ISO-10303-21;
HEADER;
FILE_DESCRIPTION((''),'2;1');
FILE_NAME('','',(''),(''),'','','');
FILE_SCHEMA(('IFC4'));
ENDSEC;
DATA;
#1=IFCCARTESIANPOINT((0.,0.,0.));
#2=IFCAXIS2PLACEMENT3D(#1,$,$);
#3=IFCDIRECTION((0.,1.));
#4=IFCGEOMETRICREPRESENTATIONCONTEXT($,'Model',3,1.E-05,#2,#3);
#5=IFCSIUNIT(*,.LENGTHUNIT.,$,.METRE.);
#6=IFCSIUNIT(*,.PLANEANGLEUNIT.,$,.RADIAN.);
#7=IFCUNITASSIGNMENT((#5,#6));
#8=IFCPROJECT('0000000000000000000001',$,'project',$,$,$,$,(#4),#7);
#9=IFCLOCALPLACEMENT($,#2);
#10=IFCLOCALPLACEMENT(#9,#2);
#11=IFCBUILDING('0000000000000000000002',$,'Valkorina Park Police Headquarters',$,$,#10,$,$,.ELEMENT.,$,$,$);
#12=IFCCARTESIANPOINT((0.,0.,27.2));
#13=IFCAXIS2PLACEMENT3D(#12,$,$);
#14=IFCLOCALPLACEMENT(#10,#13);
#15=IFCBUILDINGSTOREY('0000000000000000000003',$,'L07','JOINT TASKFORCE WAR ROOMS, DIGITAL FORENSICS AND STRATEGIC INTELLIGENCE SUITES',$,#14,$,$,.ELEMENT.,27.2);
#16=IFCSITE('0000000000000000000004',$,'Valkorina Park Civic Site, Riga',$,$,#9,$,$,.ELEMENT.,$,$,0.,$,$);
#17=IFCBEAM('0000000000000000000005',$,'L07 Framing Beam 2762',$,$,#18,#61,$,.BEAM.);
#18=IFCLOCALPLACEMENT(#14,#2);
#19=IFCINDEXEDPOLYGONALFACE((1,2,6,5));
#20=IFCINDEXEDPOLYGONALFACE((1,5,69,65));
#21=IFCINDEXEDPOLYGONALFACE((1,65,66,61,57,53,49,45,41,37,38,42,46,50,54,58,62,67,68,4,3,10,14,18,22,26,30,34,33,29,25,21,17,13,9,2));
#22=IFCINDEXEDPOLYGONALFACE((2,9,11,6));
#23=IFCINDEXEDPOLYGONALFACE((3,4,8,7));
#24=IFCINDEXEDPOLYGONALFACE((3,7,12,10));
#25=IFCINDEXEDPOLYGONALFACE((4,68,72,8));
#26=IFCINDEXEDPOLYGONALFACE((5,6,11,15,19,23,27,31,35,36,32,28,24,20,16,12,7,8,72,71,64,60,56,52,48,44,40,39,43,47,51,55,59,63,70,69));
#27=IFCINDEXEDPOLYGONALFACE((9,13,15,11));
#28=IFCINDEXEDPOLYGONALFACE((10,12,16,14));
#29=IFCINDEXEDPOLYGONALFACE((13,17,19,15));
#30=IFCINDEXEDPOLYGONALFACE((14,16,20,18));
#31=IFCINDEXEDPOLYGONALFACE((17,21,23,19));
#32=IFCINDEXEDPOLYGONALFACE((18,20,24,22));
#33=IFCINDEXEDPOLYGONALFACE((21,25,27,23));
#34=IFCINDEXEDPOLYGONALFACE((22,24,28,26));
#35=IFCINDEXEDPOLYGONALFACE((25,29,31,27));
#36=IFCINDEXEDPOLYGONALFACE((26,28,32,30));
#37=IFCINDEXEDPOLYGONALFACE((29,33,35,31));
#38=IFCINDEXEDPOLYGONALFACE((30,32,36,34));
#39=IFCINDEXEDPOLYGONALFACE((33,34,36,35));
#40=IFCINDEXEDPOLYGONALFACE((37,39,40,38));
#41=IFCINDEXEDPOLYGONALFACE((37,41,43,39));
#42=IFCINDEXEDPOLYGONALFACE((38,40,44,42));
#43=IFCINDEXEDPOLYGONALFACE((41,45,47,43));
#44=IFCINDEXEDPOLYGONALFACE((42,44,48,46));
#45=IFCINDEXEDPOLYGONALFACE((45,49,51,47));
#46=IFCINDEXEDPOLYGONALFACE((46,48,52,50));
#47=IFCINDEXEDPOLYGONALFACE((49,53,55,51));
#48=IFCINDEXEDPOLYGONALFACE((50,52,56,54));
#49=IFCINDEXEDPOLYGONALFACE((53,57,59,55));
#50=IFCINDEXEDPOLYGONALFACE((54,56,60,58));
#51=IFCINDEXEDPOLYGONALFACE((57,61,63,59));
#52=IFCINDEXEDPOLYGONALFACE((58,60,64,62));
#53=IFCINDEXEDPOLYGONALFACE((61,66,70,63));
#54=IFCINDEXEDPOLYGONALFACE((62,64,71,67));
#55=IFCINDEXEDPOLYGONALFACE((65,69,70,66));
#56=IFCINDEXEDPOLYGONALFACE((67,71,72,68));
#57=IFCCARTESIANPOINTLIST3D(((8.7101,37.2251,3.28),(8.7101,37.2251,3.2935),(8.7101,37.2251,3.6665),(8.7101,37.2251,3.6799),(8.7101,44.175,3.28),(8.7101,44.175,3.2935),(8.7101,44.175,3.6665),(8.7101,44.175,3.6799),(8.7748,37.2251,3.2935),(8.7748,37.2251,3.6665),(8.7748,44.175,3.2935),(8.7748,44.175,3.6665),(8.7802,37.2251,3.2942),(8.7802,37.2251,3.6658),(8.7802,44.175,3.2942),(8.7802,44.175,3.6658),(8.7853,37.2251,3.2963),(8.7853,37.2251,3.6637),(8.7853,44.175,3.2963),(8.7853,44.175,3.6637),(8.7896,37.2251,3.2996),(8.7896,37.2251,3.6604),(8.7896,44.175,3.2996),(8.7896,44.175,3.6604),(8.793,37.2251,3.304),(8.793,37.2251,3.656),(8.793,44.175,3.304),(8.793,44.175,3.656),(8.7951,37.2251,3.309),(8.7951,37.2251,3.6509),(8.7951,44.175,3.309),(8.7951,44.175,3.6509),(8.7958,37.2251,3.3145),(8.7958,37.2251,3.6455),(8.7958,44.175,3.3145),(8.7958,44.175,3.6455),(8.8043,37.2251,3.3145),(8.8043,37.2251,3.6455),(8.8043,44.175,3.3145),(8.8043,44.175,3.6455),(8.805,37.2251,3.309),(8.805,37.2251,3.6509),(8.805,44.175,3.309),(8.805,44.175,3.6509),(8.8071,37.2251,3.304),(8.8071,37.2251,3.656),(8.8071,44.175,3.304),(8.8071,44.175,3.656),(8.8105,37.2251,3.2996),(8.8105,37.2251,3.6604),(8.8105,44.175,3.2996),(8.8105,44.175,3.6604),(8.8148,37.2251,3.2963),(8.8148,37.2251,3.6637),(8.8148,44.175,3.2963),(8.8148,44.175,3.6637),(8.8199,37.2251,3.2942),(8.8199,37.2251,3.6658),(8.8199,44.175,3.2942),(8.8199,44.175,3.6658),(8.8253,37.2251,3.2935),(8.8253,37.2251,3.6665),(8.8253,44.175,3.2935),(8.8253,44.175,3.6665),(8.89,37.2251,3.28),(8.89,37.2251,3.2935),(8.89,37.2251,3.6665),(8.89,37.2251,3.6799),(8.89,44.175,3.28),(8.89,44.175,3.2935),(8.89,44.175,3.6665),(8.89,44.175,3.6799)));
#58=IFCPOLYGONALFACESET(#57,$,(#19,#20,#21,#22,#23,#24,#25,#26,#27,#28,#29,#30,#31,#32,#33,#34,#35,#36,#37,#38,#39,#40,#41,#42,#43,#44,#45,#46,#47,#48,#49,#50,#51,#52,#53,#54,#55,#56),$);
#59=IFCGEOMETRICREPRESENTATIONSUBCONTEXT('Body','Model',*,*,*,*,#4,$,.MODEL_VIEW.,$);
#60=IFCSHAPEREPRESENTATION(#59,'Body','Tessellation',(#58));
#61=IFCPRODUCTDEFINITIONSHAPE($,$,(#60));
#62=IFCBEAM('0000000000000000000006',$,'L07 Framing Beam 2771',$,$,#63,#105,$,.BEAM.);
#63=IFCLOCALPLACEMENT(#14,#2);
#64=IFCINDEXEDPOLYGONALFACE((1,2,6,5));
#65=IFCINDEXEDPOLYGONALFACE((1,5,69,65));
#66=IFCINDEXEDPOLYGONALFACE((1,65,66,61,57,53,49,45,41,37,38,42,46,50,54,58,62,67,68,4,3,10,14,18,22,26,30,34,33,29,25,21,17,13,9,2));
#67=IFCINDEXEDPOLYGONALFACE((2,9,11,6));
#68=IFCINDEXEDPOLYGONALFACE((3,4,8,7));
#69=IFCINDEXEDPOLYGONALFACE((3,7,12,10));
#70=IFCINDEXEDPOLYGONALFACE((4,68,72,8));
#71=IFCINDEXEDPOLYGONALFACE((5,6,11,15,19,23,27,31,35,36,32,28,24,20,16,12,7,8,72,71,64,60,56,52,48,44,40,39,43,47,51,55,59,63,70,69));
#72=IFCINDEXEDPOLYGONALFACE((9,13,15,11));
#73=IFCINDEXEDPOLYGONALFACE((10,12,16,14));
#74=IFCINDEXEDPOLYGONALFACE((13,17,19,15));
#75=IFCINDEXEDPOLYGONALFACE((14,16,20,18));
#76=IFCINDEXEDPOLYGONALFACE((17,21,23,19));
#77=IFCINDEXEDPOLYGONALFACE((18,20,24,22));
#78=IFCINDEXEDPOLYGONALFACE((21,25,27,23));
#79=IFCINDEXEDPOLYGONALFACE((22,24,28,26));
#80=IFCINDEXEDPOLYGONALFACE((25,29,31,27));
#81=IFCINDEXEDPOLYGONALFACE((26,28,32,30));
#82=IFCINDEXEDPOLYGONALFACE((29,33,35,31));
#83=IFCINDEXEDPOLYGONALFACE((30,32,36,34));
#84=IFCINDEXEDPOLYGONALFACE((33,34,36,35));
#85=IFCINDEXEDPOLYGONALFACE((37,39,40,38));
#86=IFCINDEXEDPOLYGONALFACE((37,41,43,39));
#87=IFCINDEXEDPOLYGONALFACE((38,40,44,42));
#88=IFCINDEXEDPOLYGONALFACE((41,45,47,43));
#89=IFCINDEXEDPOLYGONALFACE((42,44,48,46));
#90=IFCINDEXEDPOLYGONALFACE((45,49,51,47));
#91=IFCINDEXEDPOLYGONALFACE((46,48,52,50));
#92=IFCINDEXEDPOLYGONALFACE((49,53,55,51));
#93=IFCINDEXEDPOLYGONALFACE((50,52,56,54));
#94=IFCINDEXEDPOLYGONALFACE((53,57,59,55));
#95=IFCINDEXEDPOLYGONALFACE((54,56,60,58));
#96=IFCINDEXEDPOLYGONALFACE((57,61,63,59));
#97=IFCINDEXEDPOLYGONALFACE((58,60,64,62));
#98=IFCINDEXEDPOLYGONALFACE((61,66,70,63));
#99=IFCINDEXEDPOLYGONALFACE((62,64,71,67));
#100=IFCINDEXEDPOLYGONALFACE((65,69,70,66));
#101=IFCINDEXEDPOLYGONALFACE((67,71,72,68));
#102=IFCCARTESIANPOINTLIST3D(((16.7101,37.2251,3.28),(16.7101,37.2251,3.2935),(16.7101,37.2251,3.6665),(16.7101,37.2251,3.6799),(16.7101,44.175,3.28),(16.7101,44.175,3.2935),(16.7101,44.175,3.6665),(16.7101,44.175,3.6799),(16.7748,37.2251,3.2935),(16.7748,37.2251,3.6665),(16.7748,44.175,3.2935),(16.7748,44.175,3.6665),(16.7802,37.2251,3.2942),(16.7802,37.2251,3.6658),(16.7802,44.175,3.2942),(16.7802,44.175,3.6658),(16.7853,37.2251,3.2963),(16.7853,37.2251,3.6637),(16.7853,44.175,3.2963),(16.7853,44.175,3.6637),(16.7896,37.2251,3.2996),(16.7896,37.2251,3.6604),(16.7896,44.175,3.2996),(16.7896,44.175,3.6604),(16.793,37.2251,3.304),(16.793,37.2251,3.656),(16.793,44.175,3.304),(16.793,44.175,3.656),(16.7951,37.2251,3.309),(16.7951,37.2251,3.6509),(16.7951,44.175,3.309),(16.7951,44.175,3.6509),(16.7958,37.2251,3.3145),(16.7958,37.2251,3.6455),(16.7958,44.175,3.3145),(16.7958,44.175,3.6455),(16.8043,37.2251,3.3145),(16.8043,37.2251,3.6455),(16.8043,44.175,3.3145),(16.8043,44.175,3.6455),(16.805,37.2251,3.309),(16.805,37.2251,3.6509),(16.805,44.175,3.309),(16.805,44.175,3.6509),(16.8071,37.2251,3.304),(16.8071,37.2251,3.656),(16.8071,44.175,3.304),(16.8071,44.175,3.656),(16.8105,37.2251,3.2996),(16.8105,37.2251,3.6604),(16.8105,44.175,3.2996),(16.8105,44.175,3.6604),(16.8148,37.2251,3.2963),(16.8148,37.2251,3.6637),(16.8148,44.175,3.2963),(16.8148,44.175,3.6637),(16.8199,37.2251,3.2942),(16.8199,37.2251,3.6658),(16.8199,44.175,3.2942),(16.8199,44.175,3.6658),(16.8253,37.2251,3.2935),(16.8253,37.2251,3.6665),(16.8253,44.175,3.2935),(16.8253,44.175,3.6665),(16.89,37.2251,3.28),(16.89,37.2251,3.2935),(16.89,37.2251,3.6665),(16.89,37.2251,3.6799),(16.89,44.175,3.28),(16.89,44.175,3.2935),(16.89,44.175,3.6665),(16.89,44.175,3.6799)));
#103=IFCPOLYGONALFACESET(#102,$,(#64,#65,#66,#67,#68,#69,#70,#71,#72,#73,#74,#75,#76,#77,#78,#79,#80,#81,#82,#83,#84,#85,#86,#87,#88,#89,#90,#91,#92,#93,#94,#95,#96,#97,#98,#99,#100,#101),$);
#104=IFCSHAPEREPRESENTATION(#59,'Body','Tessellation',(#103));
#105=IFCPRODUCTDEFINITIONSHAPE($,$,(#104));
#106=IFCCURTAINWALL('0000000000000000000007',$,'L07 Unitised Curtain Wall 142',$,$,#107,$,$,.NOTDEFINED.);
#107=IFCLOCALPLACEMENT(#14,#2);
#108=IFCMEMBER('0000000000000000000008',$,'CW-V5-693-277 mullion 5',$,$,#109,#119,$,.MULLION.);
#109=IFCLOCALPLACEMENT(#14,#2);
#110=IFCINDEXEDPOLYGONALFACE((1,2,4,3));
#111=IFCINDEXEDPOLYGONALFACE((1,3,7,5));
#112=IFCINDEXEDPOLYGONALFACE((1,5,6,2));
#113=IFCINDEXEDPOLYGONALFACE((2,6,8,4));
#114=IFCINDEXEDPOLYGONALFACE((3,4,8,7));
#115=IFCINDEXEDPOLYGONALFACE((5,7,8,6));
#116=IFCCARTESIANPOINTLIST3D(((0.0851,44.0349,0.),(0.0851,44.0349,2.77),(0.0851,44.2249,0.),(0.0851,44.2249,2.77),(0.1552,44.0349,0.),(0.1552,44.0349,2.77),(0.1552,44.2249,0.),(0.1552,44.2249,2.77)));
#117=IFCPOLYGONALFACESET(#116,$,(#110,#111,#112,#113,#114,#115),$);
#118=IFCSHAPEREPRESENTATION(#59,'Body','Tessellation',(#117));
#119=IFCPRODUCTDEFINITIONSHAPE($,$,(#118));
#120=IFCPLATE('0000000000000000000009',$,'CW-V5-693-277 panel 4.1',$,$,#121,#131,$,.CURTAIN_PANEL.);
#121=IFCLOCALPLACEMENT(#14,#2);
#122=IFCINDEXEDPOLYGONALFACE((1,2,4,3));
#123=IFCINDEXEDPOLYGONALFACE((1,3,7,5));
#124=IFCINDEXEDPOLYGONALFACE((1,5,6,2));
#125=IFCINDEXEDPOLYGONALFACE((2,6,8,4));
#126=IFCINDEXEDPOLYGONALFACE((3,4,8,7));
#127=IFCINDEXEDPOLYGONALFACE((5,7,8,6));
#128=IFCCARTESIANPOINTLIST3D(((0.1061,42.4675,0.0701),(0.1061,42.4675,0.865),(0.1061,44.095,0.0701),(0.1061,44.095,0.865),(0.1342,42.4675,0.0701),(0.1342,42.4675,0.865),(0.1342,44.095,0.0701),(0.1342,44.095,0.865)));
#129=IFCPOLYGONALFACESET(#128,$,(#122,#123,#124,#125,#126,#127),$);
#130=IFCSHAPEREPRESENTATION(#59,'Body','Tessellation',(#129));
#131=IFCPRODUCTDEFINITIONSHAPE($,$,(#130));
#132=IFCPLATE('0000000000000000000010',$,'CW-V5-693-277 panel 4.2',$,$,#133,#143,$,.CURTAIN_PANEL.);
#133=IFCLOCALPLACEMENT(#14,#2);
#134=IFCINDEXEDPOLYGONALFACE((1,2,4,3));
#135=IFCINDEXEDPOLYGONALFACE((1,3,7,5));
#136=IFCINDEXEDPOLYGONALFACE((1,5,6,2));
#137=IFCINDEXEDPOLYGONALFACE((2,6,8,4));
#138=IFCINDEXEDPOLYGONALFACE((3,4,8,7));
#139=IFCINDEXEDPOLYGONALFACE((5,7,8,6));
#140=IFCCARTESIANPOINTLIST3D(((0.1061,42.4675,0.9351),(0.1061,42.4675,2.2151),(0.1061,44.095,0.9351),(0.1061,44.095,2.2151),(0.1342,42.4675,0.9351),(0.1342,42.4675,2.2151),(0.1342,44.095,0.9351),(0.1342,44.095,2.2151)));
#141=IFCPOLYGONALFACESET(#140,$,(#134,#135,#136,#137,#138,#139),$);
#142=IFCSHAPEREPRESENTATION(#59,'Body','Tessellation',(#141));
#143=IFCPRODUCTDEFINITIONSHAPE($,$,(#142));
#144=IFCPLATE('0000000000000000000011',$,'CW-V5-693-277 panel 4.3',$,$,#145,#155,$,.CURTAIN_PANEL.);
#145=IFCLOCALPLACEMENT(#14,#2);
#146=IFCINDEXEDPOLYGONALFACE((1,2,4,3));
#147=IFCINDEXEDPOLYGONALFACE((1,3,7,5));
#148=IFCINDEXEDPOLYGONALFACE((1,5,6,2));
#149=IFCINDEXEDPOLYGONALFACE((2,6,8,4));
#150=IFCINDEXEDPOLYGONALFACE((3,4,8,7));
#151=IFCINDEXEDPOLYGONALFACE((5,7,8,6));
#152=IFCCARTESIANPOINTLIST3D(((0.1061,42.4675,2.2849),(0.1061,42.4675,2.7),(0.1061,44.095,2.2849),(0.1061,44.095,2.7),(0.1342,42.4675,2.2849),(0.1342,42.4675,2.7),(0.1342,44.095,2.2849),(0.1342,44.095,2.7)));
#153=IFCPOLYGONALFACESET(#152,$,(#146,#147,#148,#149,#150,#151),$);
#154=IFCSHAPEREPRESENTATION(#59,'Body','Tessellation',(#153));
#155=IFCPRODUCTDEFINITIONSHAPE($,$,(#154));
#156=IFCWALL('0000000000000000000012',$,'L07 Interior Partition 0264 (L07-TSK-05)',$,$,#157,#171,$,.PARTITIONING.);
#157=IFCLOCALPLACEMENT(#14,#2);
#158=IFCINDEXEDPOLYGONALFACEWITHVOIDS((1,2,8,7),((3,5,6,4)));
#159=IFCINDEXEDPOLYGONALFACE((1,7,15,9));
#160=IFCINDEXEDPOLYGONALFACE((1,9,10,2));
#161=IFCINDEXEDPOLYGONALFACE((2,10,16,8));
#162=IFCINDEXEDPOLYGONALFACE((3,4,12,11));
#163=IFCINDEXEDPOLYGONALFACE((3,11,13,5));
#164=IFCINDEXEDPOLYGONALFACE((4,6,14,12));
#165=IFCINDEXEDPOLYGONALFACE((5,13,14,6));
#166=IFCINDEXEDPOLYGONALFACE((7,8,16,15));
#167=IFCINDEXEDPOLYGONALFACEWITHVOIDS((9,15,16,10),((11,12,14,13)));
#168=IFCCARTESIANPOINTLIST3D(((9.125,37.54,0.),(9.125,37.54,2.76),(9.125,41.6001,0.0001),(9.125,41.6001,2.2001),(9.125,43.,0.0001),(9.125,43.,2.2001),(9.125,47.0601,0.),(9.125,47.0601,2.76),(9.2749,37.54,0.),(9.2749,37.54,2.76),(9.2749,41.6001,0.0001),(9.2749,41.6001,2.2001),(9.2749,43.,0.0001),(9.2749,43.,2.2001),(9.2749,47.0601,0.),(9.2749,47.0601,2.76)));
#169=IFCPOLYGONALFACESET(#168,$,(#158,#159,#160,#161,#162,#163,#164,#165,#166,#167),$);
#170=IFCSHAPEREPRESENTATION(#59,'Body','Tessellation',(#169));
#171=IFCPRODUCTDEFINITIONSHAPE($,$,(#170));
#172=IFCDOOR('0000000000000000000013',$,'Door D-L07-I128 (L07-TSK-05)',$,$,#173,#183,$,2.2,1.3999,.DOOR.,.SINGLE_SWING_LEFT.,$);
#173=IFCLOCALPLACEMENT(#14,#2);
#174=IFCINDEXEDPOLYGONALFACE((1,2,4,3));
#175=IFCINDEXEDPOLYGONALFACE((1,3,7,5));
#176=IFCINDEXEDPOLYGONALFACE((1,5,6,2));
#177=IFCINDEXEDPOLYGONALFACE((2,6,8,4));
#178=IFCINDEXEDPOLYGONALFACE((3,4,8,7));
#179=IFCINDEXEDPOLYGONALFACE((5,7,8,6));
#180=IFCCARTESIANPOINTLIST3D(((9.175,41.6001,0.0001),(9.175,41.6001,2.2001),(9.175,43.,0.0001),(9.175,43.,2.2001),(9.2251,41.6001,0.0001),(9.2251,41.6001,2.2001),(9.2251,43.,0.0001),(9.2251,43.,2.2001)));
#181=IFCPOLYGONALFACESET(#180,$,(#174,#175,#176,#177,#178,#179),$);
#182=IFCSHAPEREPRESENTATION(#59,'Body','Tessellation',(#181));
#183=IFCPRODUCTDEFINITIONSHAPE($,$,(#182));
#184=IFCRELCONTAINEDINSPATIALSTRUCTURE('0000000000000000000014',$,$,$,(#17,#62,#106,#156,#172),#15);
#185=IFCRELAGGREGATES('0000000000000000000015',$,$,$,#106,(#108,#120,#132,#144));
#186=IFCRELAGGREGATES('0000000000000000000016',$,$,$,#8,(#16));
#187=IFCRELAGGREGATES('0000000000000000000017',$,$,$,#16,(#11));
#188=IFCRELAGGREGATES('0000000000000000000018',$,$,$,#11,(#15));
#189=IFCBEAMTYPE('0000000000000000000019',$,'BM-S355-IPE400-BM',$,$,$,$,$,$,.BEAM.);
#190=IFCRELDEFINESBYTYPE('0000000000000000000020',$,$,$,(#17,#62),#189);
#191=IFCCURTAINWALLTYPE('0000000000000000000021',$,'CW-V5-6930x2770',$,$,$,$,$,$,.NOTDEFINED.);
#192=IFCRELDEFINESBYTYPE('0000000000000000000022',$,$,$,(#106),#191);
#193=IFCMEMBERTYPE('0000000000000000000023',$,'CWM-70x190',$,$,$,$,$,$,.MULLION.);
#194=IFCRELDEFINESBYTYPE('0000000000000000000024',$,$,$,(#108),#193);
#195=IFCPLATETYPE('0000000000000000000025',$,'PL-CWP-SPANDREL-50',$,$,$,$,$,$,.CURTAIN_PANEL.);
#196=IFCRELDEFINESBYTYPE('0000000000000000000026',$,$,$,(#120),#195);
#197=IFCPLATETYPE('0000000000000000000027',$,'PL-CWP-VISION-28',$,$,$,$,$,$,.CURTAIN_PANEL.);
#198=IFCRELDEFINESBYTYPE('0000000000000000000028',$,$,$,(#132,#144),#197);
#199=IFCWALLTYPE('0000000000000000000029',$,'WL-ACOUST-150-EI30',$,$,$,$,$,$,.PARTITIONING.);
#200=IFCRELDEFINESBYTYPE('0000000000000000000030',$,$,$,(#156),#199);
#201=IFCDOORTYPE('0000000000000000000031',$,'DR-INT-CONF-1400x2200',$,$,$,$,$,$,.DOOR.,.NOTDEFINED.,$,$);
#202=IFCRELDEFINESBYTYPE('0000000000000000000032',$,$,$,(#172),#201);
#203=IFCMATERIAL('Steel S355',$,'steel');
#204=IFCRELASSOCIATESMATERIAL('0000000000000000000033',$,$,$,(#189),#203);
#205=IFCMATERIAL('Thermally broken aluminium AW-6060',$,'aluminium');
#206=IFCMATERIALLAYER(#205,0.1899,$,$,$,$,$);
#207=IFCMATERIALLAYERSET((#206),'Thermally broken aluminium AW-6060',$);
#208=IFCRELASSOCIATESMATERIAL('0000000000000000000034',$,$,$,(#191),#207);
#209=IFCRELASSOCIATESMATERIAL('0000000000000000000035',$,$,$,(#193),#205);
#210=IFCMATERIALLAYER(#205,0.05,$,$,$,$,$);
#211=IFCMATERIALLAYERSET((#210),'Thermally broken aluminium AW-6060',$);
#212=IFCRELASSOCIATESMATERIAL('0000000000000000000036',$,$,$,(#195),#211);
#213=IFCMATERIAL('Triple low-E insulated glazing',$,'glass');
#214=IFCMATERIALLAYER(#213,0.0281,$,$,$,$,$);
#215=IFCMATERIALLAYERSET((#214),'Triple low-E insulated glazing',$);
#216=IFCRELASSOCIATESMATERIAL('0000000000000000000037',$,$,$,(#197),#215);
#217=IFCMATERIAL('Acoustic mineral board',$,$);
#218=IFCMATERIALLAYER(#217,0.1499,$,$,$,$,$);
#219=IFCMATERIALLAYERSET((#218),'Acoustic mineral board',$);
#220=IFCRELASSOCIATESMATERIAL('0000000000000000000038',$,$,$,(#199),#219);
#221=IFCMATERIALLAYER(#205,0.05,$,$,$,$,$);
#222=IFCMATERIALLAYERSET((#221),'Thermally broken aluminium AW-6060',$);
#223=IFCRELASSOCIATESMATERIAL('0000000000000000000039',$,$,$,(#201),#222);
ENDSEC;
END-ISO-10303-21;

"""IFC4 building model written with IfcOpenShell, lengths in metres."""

from ifc_helpers import new_model, si_unit, direction, frame, frame_2d, origin, origin_2d, place, context, subcontext, project, spatial, rectangle, i_section, extrude, material, layer, layer_set, material_profile, profile_set, type_object, element, fill, aggregate, save


model = new_model("IFC4")

# Units and contexts
model_context = context("Model", 3, precision=1e-05, world=origin(), true_north=direction((0.0, 1.0)))
body_context = subcontext(model_context, "Body", "Model", "MODEL_VIEW")
ifc_project = project(units=[si_unit("LENGTHUNIT", "METRE"), si_unit("PLANEANGLEUNIT", "RADIAN")], contexts=[model_context])

# Site, building, storey
site_placement = place(None, origin())
site = spatial("IfcSite", under=ifc_project, at=site_placement, Name="Valkorina Park Civic Site, Riga", CompositionType="ELEMENT", RefElevation=0.0)
building_placement = place(site_placement, origin())
building = spatial("IfcBuilding", under=site, at=building_placement, Name="Valkorina Park Police Headquarters", CompositionType="ELEMENT")
storey_placement = place(building_placement, frame((0.0, 0.0, 27.2)))
storey = spatial("IfcBuildingStorey", under=building, at=storey_placement, Name="L07", Description="JOINT TASKFORCE WAR ROOMS, DIGITAL FORENSICS AND STRATEGIC INTELLIGENCE SUITES", CompositionType="ELEMENT", Elevation=27.2)

# Shared definitions
ifc_material_1 = material(Name="Steel S355", Category="steel")

# Beams
ifc_material_profile_1 = material_profile(ifc_material_1, i_section(OverallWidth=0.1799, OverallDepth=0.3999, WebThickness=0.0085, FlangeThickness=0.0134, FilletRadius=0.021, at=origin_2d()), Name="IPE 400")
ifc_profile_set_1 = profile_set([ifc_material_profile_1], Name="Steel S355")
beam_type_1 = type_object("IfcBeamType", Name="BM-S355-IPE400-BM", PredefinedType="BEAM", material=ifc_profile_set_1)
for number, where, z_axis, x_axis, name in (
    (1, (8.8, 37.2251, 3.48), (0.0, 1.0, 0.0), (-1.0, 0.0, 0.0), "L07 Framing Beam 2762"),
    (2, (16.8, 37.2251, 3.48), (0.0, 1.0, 0.0), (-1.0, 0.0, 0.0), "L07 Framing Beam 2771"),
):
    element("IfcBeam", number, at=place(storey_placement, frame(where, z_axis=z_axis, x_axis=x_axis)), inside=storey, type_object=beam_type_1, Name=name, PredefinedType="BEAM", context=body_context, shape_type="SweptSolid", body=[
        extrude(i_section(OverallWidth=0.1799, OverallDepth=0.3999, WebThickness=0.0085, FlangeThickness=0.0134, FilletRadius=0.021, at=origin_2d()), origin(), (0.0, 0.0, 1.0), 6.95),
    ])

# Curtain wall, member, plates
ifc_material_2 = material(Name="Thermally broken aluminium AW-6060", Category="aluminium")
ifc_layer_1 = layer(ifc_material_2, 0.1899)
ifc_layer_set_1 = layer_set([ifc_layer_1], Name="Thermally broken aluminium AW-6060")
curtain_wall_type = type_object("IfcCurtainWallType", Name="CW-V5-6930x2770", PredefinedType="NOTDEFINED", material=ifc_layer_set_1)
curtain_wall_placement = place(storey_placement, origin())
curtain_wall = element("IfcCurtainWall", 3, at=curtain_wall_placement, inside=storey, type_object=curtain_wall_type, Name="L07 Unitised Curtain Wall 142", PredefinedType="NOTDEFINED")
ifc_material_profile_2 = material_profile(ifc_material_2, rectangle(XDim=0.0701, YDim=0.1899, at=origin_2d()), Name="CWM-02 70x190")
ifc_profile_set_2 = profile_set([ifc_material_profile_2], Name="Thermally broken aluminium AW-6060")
member_type = type_object("IfcMemberType", Name="CWM-70x190", PredefinedType="MULLION", material=ifc_profile_set_2)
member_placement = place(storey_placement, frame((0.1201, 44.1299, 0.0), z_axis=(0.0, 0.0, 1.0), x_axis=(-1.0, 0.0, 0.0)))
member = element("IfcMember", 4, at=member_placement, type_object=member_type, Name="CW-V5-693-277 mullion 5", PredefinedType="MULLION", context=body_context, shape_type="SweptSolid", body=[
    extrude(rectangle(XDim=0.0701, YDim=0.1899, at=origin_2d()), origin(), (0.0, 0.0, 1.0), 2.77),
])
ifc_layer_2 = layer(ifc_material_2, 0.05)
ifc_layer_set_2 = layer_set([ifc_layer_2], Name="Thermally broken aluminium AW-6060")
plate_type_1 = type_object("IfcPlateType", Name="PL-CWP-SPANDREL-50", PredefinedType="CURTAIN_PANEL", material=ifc_layer_set_2)
plate_1_placement = place(storey_placement, frame((0.1201, 43.2812, 0.0701), z_axis=(0.0, 0.0, 1.0), x_axis=(0.0, 1.0, 0.0)))
plate_1 = element("IfcPlate", 5, at=plate_1_placement, type_object=plate_type_1, Name="CW-V5-693-277 panel 4.1", PredefinedType="CURTAIN_PANEL", context=body_context, shape_type="SweptSolid", body=[
    extrude(rectangle(XDim=1.6274, YDim=0.0281, at=origin_2d()), origin(), (0.0, 0.0, 1.0), 0.7949),
])
ifc_material_3 = material(Name="Triple low-E insulated glazing", Category="glass")
ifc_layer_3 = layer(ifc_material_3, 0.0281)
ifc_layer_set_3 = layer_set([ifc_layer_3], Name="Triple low-E insulated glazing")
plate_type_2 = type_object("IfcPlateType", Name="PL-CWP-VISION-28", PredefinedType="CURTAIN_PANEL", material=ifc_layer_set_3)
plate_2_placement = place(storey_placement, frame((0.1201, 43.2812, 0.9351), z_axis=(0.0, 0.0, 1.0), x_axis=(0.0, 1.0, 0.0)))
plate_2 = element("IfcPlate", 6, at=plate_2_placement, type_object=plate_type_2, Name="CW-V5-693-277 panel 4.2", PredefinedType="CURTAIN_PANEL", context=body_context, shape_type="SweptSolid", body=[
    extrude(rectangle(XDim=1.6274, YDim=0.0281, at=origin_2d()), origin(), (0.0, 0.0, 1.0), 1.28),
])
plate_3_placement = place(storey_placement, frame((0.1201, 43.2812, 2.2849), z_axis=(0.0, 0.0, 1.0), x_axis=(0.0, 1.0, 0.0)))
plate_3 = element("IfcPlate", 7, at=plate_3_placement, type_object=plate_type_2, Name="CW-V5-693-277 panel 4.3", PredefinedType="CURTAIN_PANEL", context=body_context, shape_type="SweptSolid", body=[
    extrude(rectangle(XDim=1.6274, YDim=0.0281, at=origin_2d()), origin(), (0.0, 0.0, 1.0), 0.415),
])
aggregate(curtain_wall, [member, plate_1, plate_2, plate_3])

# Wall, opening, door
ifc_material_4 = material(Name="Acoustic mineral board")
ifc_layer_4 = layer(ifc_material_4, 0.1499)
ifc_layer_set_4 = layer_set([ifc_layer_4], Name="Acoustic mineral board")
wall_type_1 = type_object("IfcWallType", Name="WL-ACOUST-150-EI30", PredefinedType="PARTITIONING", material=ifc_layer_set_4)
wall_1_placement = place(storey_placement, frame((9.2, 37.54, 0.0), z_axis=(0.0, 0.0, 1.0), x_axis=(0.0, 1.0, 0.0)))
wall_1 = element("IfcWall", 8, at=wall_1_placement, inside=storey, type_object=wall_type_1, Name="L07 Interior Partition 0264 (L07-TSK-05)", PredefinedType="PARTITIONING", context=body_context, shape_type="SweptSolid", body=[
    extrude(rectangle(XDim=9.52, YDim=0.1499, at=frame_2d((4.76, 0.0))), origin(), (0.0, 0.0, 1.0), 2.76),
])
opening_1_placement = place(wall_1_placement, frame((4.0601, 0.0, 0.0)))
opening_1 = element("IfcOpeningElement", 9, at=opening_1_placement, cuts=wall_1, PredefinedType="OPENING", context=body_context, shape_type="SweptSolid", body=[
    extrude(rectangle(XDim=1.3999, YDim=2.2, at=frame_2d((0.7, 1.1001))), frame((0.0, 0.085, 0.0), z_axis=(0.0, -1.0, 0.0), x_axis=(1.0, 0.0, 0.0)), (0.0, 0.0, 1.0), 0.1699),
])
ifc_layer_5 = layer(ifc_material_2, 0.05)
ifc_layer_set_5 = layer_set([ifc_layer_5], Name="Thermally broken aluminium AW-6060")
door_type_1 = type_object("IfcDoorType", Name="DR-INT-CONF-1400x2200", OperationType="NOTDEFINED", PredefinedType="DOOR", material=ifc_layer_set_5)
door_1_placement = place(opening_1_placement, origin())
door_1 = element("IfcDoor", 10, at=door_1_placement, inside=storey, type_object=door_type_1, Name="Door D-L07-I128 (L07-TSK-05)", OperationType="SINGLE_SWING_LEFT", OverallHeight=2.2, OverallWidth=1.3999, PredefinedType="DOOR", context=body_context, shape_type="SweptSolid", body=[
    extrude(rectangle(XDim=1.3999, YDim=2.2, at=frame_2d((0.7, 1.1001))), frame((0.0, 0.0249, 0.0), z_axis=(0.0, -1.0, 0.0), x_axis=(1.0, 0.0, 0.0)), (0.0, 0.0, 1.0), 0.05),
])
fill(opening_1, door_1)

save(model, "model.ifc")
